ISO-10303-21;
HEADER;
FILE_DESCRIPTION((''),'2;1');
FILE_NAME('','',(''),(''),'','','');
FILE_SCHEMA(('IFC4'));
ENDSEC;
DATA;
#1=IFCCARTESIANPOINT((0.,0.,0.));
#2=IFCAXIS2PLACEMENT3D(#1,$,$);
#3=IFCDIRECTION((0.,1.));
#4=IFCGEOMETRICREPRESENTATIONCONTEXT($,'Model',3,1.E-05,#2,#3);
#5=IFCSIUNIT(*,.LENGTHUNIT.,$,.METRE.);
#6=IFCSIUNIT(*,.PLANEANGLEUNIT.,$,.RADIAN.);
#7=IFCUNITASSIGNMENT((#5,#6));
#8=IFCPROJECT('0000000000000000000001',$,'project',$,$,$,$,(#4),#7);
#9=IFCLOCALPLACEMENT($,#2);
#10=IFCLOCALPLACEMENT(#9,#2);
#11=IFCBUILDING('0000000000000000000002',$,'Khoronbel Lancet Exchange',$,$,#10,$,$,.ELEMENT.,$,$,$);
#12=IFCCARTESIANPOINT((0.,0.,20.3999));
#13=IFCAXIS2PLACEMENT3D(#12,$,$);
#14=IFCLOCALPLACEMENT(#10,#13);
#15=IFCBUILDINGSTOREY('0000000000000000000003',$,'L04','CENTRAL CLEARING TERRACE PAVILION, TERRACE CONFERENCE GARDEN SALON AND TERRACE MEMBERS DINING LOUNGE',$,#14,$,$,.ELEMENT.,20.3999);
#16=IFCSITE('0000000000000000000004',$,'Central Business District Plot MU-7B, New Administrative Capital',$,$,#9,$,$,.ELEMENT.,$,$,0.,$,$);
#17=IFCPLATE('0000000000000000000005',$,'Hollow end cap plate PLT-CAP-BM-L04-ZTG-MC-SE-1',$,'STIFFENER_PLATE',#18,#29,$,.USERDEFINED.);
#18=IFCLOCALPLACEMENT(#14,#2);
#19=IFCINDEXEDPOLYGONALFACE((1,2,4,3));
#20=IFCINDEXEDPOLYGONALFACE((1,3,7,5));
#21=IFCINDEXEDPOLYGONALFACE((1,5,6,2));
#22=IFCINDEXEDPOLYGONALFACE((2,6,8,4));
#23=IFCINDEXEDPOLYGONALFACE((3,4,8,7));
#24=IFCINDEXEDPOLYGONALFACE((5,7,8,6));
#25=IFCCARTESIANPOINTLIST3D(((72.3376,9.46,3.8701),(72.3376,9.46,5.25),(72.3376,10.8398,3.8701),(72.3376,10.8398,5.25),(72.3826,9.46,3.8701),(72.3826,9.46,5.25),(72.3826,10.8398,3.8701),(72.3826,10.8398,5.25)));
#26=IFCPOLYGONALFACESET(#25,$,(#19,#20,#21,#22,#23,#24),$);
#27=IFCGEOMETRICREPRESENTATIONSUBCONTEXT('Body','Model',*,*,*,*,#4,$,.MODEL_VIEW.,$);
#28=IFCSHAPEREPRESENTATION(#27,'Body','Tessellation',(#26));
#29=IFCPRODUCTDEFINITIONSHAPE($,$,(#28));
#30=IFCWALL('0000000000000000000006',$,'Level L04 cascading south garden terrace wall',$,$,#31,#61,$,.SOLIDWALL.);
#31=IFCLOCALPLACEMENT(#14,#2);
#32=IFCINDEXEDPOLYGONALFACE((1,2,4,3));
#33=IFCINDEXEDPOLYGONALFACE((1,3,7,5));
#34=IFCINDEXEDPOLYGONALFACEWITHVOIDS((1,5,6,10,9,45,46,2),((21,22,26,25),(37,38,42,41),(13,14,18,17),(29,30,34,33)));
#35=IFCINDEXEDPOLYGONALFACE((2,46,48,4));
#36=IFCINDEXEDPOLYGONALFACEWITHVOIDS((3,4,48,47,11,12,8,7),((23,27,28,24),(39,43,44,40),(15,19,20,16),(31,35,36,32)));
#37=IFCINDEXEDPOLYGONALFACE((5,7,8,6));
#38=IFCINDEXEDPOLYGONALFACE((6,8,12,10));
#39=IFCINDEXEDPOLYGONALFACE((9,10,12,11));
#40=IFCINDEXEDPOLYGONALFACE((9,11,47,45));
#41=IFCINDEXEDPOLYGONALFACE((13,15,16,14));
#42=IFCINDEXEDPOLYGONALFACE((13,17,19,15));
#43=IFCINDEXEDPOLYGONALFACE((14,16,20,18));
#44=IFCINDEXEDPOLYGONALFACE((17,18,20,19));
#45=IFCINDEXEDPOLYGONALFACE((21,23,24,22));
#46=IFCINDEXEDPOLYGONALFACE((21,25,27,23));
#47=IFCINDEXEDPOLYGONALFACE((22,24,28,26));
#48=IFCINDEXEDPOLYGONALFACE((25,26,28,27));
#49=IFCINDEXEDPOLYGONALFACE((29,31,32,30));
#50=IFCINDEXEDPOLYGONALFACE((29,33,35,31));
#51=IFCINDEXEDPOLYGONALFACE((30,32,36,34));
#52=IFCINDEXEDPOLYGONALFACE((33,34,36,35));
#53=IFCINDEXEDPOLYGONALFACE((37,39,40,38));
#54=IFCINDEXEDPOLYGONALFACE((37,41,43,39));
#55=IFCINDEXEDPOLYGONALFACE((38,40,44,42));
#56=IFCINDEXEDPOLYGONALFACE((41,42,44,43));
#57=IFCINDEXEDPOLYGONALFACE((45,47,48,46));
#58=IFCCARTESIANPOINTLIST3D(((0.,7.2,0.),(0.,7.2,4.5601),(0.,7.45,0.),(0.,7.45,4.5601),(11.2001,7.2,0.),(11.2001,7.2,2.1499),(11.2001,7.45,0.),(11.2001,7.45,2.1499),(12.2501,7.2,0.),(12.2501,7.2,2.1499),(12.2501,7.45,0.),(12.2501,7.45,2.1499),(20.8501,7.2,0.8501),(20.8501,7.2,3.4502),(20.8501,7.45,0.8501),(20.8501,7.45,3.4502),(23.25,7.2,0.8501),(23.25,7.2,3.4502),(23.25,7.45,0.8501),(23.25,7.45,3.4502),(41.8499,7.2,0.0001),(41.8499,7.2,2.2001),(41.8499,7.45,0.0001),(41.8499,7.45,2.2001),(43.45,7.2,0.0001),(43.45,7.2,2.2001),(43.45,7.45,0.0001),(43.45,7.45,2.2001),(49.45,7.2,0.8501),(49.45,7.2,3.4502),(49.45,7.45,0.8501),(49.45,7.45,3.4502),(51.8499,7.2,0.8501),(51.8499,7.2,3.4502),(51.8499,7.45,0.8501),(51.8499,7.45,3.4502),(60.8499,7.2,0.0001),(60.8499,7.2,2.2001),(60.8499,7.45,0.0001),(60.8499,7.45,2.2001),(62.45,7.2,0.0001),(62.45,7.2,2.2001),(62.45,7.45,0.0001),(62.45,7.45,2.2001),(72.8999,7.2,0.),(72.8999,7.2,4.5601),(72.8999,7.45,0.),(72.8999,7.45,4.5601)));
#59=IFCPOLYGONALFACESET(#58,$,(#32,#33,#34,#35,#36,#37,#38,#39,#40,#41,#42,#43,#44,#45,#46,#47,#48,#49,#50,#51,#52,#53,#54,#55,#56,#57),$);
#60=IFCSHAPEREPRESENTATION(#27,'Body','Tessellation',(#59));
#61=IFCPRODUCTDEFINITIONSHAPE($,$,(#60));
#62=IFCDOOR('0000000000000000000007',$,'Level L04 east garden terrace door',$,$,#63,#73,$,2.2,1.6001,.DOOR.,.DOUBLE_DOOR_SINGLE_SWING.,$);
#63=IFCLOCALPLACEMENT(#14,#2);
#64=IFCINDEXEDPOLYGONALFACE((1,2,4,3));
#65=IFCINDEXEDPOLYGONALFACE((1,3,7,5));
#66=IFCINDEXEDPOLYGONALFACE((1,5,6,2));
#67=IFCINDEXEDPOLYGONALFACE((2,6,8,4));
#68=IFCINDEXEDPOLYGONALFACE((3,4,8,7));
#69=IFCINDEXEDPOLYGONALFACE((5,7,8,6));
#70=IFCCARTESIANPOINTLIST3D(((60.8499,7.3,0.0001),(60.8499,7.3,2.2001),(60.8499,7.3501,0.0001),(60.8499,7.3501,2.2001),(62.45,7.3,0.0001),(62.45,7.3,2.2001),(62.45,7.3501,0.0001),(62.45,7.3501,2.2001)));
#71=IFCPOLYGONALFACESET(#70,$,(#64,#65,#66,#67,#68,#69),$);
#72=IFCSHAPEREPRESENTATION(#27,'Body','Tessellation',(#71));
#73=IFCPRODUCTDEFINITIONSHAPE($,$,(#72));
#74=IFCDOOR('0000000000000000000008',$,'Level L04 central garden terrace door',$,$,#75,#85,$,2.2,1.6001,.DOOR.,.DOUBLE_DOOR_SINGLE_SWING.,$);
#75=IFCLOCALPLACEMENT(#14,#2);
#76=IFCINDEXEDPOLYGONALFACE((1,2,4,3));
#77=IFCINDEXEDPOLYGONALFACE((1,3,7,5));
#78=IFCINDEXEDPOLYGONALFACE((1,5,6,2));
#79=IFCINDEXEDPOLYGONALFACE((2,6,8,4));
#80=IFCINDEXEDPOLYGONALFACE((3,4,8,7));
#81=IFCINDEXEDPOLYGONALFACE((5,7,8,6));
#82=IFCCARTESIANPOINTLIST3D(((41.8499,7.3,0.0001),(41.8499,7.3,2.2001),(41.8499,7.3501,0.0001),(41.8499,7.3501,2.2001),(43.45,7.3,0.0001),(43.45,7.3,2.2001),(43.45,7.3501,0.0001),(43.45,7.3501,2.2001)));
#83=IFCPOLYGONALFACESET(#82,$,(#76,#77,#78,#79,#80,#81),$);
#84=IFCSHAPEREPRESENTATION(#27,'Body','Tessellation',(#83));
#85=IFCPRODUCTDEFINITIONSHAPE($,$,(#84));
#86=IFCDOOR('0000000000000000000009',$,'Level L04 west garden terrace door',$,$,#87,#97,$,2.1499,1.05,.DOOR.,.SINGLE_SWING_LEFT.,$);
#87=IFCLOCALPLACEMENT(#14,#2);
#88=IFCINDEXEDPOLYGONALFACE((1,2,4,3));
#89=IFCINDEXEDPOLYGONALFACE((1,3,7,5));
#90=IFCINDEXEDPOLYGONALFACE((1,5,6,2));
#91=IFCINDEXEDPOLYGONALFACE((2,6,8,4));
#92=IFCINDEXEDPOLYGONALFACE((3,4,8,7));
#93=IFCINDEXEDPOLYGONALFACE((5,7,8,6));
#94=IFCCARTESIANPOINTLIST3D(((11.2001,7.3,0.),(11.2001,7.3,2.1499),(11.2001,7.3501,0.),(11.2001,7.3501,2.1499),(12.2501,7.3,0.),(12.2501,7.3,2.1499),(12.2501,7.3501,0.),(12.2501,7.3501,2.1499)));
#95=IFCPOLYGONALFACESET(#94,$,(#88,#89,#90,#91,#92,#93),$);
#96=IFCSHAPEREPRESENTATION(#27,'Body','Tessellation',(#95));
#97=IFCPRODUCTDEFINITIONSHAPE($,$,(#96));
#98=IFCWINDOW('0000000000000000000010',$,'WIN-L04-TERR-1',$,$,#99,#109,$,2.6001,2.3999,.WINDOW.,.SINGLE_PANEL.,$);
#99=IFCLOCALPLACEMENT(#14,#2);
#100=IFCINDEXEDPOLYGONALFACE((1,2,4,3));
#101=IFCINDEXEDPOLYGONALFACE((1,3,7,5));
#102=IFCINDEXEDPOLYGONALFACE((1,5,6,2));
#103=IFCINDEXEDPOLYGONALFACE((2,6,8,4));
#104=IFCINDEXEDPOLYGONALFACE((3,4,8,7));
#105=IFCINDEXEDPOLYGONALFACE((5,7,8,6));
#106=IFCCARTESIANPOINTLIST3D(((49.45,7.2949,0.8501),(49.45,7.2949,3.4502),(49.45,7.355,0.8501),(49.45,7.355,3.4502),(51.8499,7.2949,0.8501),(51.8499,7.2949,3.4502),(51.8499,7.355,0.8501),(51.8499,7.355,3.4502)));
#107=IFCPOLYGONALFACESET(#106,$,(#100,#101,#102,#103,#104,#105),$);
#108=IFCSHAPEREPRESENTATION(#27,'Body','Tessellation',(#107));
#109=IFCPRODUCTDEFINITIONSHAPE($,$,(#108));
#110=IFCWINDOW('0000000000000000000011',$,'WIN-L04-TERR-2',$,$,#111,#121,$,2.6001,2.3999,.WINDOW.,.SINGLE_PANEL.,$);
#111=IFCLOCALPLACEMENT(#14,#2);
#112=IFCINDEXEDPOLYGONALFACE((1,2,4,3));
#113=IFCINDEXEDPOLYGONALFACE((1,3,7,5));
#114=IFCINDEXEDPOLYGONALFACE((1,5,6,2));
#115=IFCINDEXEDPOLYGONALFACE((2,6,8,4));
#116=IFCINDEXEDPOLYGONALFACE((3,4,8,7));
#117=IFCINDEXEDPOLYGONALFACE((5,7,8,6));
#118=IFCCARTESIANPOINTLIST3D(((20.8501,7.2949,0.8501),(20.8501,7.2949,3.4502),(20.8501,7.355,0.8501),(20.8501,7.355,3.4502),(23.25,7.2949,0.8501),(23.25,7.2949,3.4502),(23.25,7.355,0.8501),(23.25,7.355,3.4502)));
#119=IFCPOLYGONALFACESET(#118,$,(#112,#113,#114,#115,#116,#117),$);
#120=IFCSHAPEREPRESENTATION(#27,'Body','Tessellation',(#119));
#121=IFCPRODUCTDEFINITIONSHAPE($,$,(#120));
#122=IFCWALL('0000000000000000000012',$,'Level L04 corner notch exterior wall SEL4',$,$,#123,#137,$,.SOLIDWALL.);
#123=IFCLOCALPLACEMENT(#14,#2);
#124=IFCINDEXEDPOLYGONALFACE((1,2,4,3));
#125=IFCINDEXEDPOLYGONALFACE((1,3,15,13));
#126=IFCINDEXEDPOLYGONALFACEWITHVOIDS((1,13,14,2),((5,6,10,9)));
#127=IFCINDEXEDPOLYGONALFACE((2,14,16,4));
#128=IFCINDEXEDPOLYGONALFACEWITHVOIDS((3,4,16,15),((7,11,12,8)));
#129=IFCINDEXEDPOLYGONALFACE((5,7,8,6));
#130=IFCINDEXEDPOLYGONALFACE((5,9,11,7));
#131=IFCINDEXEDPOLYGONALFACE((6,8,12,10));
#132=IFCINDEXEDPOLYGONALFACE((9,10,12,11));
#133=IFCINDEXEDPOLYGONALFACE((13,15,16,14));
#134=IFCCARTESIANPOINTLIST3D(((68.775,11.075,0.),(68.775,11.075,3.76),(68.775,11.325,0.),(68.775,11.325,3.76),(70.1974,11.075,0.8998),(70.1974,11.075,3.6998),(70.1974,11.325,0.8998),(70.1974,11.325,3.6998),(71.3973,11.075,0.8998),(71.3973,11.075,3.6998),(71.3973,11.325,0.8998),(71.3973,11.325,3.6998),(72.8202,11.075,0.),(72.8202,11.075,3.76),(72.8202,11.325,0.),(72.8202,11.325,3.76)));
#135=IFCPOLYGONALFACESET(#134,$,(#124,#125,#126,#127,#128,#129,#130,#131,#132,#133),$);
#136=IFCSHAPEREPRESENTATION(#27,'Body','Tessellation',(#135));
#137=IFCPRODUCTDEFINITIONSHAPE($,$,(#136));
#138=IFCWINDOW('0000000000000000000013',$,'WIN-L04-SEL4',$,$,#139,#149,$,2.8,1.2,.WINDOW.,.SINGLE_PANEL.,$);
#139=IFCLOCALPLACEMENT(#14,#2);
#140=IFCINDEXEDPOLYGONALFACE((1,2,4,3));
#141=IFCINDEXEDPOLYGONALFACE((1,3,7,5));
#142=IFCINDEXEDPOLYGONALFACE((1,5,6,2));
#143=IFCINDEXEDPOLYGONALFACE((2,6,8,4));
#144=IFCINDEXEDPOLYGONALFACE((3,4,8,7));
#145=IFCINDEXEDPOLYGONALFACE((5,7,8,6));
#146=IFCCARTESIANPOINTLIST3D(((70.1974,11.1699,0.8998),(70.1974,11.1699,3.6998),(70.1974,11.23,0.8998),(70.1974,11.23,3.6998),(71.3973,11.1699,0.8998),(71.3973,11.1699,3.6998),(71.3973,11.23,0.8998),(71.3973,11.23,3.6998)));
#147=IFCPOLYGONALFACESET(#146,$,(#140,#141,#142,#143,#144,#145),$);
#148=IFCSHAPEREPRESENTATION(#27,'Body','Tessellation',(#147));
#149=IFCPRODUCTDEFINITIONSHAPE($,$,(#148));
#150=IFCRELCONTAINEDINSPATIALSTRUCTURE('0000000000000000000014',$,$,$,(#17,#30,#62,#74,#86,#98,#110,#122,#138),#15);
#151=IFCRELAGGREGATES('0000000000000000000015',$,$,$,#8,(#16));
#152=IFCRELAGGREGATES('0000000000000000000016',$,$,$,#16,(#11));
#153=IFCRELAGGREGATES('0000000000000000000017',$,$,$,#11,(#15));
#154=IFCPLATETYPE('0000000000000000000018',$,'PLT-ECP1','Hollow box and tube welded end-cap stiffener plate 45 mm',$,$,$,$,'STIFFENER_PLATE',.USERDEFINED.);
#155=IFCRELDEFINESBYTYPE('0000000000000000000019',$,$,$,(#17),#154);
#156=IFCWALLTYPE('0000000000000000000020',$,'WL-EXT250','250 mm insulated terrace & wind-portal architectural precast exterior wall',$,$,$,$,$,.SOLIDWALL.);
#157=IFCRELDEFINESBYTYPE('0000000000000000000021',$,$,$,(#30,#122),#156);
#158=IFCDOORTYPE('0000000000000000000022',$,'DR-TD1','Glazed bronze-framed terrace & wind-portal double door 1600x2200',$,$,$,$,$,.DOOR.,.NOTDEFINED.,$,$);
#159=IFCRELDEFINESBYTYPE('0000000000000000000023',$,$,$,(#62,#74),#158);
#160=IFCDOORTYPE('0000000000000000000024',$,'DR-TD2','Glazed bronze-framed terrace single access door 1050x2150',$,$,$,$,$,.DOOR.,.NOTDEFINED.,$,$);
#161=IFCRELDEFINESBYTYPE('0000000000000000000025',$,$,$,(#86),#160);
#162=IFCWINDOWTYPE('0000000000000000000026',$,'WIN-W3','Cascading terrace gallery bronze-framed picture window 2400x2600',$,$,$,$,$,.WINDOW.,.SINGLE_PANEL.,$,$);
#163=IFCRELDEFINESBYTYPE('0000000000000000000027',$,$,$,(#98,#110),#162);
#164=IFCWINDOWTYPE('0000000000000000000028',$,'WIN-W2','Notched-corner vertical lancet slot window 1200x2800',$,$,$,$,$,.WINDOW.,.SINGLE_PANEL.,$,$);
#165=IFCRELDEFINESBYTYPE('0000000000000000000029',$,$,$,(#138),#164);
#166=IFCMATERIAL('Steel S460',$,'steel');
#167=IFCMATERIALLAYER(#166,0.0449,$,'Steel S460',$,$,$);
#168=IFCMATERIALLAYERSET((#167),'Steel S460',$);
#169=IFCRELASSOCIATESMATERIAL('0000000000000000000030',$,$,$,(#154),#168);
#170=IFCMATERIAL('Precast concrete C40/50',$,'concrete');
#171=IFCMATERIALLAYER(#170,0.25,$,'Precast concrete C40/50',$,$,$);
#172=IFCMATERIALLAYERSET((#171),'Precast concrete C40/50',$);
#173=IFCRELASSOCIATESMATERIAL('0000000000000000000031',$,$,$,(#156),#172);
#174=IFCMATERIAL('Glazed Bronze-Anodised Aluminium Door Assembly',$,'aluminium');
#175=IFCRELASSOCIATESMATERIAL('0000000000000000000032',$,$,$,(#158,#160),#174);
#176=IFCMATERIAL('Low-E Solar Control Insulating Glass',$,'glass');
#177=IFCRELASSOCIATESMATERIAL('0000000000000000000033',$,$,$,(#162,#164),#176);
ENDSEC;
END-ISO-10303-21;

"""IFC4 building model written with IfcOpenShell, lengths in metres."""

from ifc_helpers import new_model, si_unit, direction, frame, frame_2d, origin, origin_2d, place, context, subcontext, project, spatial, rectangle, extrude, material, layer, layer_set, type_object, element, fill, save


model = new_model("IFC4")

# Units and contexts
model_context = context("Model", 3, precision=1e-05, world=origin(), true_north=direction((0.0, 1.0)))
body_context = subcontext(model_context, "Body", "Model", "MODEL_VIEW")
ifc_project = project(units=[si_unit("LENGTHUNIT", "METRE"), si_unit("PLANEANGLEUNIT", "RADIAN")], contexts=[model_context])

# Site, building, storey
site_placement = place(None, origin())
site = spatial("IfcSite", under=ifc_project, at=site_placement, Name="Central Business District Plot MU-7B, New Administrative Capital", CompositionType="ELEMENT", RefElevation=0.0)
building_placement = place(site_placement, origin())
building = spatial("IfcBuilding", under=site, at=building_placement, Name="Khoronbel Lancet Exchange", CompositionType="ELEMENT")
storey_placement = place(building_placement, frame((0.0, 0.0, 20.3999)))
storey = spatial("IfcBuildingStorey", under=building, at=storey_placement, Name="L04", Description="CENTRAL CLEARING TERRACE PAVILION, TERRACE CONFERENCE GARDEN SALON AND TERRACE MEMBERS DINING LOUNGE", CompositionType="ELEMENT", Elevation=20.3999)

# Shared definitions
ifc_material_1 = material(Name="Low-E Solar Control Insulating Glass", Category="glass")

# Plate
ifc_material_2 = material(Name="Steel S460", Category="steel")
ifc_layer_1 = layer(ifc_material_2, 0.0449, Name="Steel S460")
ifc_layer_set_1 = layer_set([ifc_layer_1], Name="Steel S460")
plate_type_1 = type_object("IfcPlateType", Name="PLT-ECP1", Description="Hollow box and tube welded end-cap stiffener plate 45 mm", ElementType="STIFFENER_PLATE", PredefinedType="USERDEFINED", material=ifc_layer_set_1)
plate_1_placement = place(storey_placement, frame((72.3601, 10.1499, 3.8701), z_axis=(0.0, 0.0, 1.0), x_axis=(1.0, 0.0, 0.0)))
element("IfcPlate", 1, at=plate_1_placement, inside=storey, type_object=plate_type_1, Name="Hollow end cap plate PLT-CAP-BM-L04-ZTG-MC-SE-1", ObjectType="STIFFENER_PLATE", PredefinedType="USERDEFINED", context=body_context, shape_type="SweptSolid", body=[
    extrude(rectangle(XDim=0.0449, YDim=1.3799, at=origin_2d()), origin(), (0.0, 0.0, 1.0), 1.3799),
])

# Wall, openings, doors, windows
ifc_material_3 = material(Name="Precast concrete C40/50", Category="concrete")
ifc_layer_2 = layer(ifc_material_3, 0.25, Name="Precast concrete C40/50")
ifc_layer_set_2 = layer_set([ifc_layer_2], Name="Precast concrete C40/50")
wall_type = type_object("IfcWallType", Name="WL-EXT250", Description="250 mm insulated terrace & wind-portal architectural precast exterior wall", PredefinedType="SOLIDWALL", material=ifc_layer_set_2)
wall_1_placement = place(storey_placement, frame((72.8999, 7.325, 0.0), z_axis=(0.0, 0.0, 1.0), x_axis=(-1.0, 0.0, 0.0)))
wall_1 = element("IfcWall", 2, at=wall_1_placement, inside=storey, type_object=wall_type, Name="Level L04 cascading south garden terrace wall", PredefinedType="SOLIDWALL", context=body_context, shape_type="SweptSolid", body=[
    extrude(rectangle(XDim=72.8999, YDim=0.25, at=frame_2d((36.45, 0.0))), origin(), (0.0, 0.0, 1.0), 4.5601),
])
opening_1_placement = place(wall_1_placement, frame((10.45, 0.0, 0.0)))
opening_1 = element("IfcOpeningElement", 3, at=opening_1_placement, cuts=wall_1, PredefinedType="OPENING", context=body_context, shape_type="SweptSolid", body=[
    extrude(rectangle(XDim=1.6001, YDim=2.2, at=frame_2d((0.8, 1.1001))), frame((0.0, 0.135, 0.0), z_axis=(0.0, -1.0, 0.0), x_axis=(1.0, 0.0, 0.0)), (0.0, 0.0, 1.0), 0.27),
])
opening_2_placement = place(wall_1_placement, frame((29.45, 0.0, 0.0)))
opening_2 = element("IfcOpeningElement", 4, at=opening_2_placement, cuts=wall_1, PredefinedType="OPENING", context=body_context, shape_type="SweptSolid", body=[
    extrude(rectangle(XDim=1.6001, YDim=2.2, at=frame_2d((0.8, 1.1001))), frame((0.0, 0.135, 0.0), z_axis=(0.0, -1.0, 0.0), x_axis=(1.0, 0.0, 0.0)), (0.0, 0.0, 1.0), 0.27),
])
opening_3_placement = place(wall_1_placement, frame((60.6499, 0.0, 0.0)))
opening_3 = element("IfcOpeningElement", 5, at=opening_3_placement, cuts=wall_1, PredefinedType="OPENING", context=body_context, shape_type="SweptSolid", body=[
    extrude(rectangle(XDim=1.05, YDim=2.1499, at=frame_2d((0.5249, 1.075))), frame((0.0, 0.135, 0.0), z_axis=(0.0, -1.0, 0.0), x_axis=(1.0, 0.0, 0.0)), (0.0, 0.0, 1.0), 0.27),
])
opening_4_placement = place(wall_1_placement, frame((21.05, 0.0, 0.8501)))
opening_4 = element("IfcOpeningElement", 6, at=opening_4_placement, cuts=wall_1, PredefinedType="OPENING", context=body_context, shape_type="SweptSolid", body=[
    extrude(rectangle(XDim=2.3999, YDim=2.6001, at=frame_2d((1.2, 1.3))), frame((0.0, 0.135, 0.0), z_axis=(0.0, -1.0, 0.0), x_axis=(1.0, 0.0, 0.0)), (0.0, 0.0, 1.0), 0.27),
])
opening_5_placement = place(wall_1_placement, frame((49.6499, 0.0, 0.8501)))
opening_5 = element("IfcOpeningElement", 7, at=opening_5_placement, cuts=wall_1, PredefinedType="OPENING", context=body_context, shape_type="SweptSolid", body=[
    extrude(rectangle(XDim=2.3999, YDim=2.6001, at=frame_2d((1.2, 1.3))), frame((0.0, 0.135, 0.0), z_axis=(0.0, -1.0, 0.0), x_axis=(1.0, 0.0, 0.0)), (0.0, 0.0, 1.0), 0.27),
])
ifc_material_4 = material(Name="Glazed Bronze-Anodised Aluminium Door Assembly", Category="aluminium")
door_type_1 = type_object("IfcDoorType", Name="DR-TD1", Description="Glazed bronze-framed terrace & wind-portal double door 1600x2200", OperationType="NOTDEFINED", PredefinedType="DOOR", material=ifc_material_4)
door_1_placement = place(opening_1_placement, origin())
door_1 = element("IfcDoor", 8, at=door_1_placement, inside=storey, type_object=door_type_1, Name="Level L04 east garden terrace door", OperationType="DOUBLE_DOOR_SINGLE_SWING", OverallHeight=2.2, OverallWidth=1.6001, PredefinedType="DOOR", context=body_context, shape_type="SweptSolid", body=[
    extrude(rectangle(XDim=1.6001, YDim=2.2, at=frame_2d((0.8, 1.1001))), frame((0.0, 0.0249, 0.0), z_axis=(0.0, -1.0, 0.0), x_axis=(1.0, 0.0, 0.0)), (0.0, 0.0, 1.0), 0.05),
])
fill(opening_1, door_1)
door_2_placement = place(opening_2_placement, origin())
door_2 = element("IfcDoor", 9, at=door_2_placement, inside=storey, type_object=door_type_1, Name="Level L04 central garden terrace door", OperationType="DOUBLE_DOOR_SINGLE_SWING", OverallHeight=2.2, OverallWidth=1.6001, PredefinedType="DOOR", context=body_context, shape_type="SweptSolid", body=[
    extrude(rectangle(XDim=1.6001, YDim=2.2, at=frame_2d((0.8, 1.1001))), frame((0.0, 0.0249, 0.0), z_axis=(0.0, -1.0, 0.0), x_axis=(1.0, 0.0, 0.0)), (0.0, 0.0, 1.0), 0.05),
])
fill(opening_2, door_2)
door_type_2 = type_object("IfcDoorType", Name="DR-TD2", Description="Glazed bronze-framed terrace single access door 1050x2150", OperationType="NOTDEFINED", PredefinedType="DOOR", material=ifc_material_4)
door_3_placement = place(opening_3_placement, origin())
door_3 = element("IfcDoor", 10, at=door_3_placement, inside=storey, type_object=door_type_2, Name="Level L04 west garden terrace door", OperationType="SINGLE_SWING_LEFT", OverallHeight=2.1499, OverallWidth=1.05, PredefinedType="DOOR", context=body_context, shape_type="SweptSolid", body=[
    extrude(rectangle(XDim=1.05, YDim=2.1499, at=frame_2d((0.5249, 1.075))), frame((0.0, 0.0249, 0.0), z_axis=(0.0, -1.0, 0.0), x_axis=(1.0, 0.0, 0.0)), (0.0, 0.0, 1.0), 0.05),
])
fill(opening_3, door_3)
window_type_1 = type_object("IfcWindowType", Name="WIN-W3", Description="Cascading terrace gallery bronze-framed picture window 2400x2600", PartitioningType="SINGLE_PANEL", PredefinedType="WINDOW", material=ifc_material_1)
window_1_placement = place(opening_4_placement, origin())
window_1 = element("IfcWindow", 11, at=window_1_placement, inside=storey, type_object=window_type_1, Name="WIN-L04-TERR-1", OverallHeight=2.6001, OverallWidth=2.3999, PartitioningType="SINGLE_PANEL", PredefinedType="WINDOW", context=body_context, shape_type="SweptSolid", body=[
    extrude(rectangle(XDim=2.3999, YDim=2.6001, at=frame_2d((1.2, 1.3))), frame((0.0, 0.03, 0.0), z_axis=(0.0, -1.0, 0.0), x_axis=(1.0, 0.0, 0.0)), (0.0, 0.0, 1.0), 0.0601),
])
fill(opening_4, window_1)
window_2_placement = place(opening_5_placement, origin())
window_2 = element("IfcWindow", 12, at=window_2_placement, inside=storey, type_object=window_type_1, Name="WIN-L04-TERR-2", OverallHeight=2.6001, OverallWidth=2.3999, PartitioningType="SINGLE_PANEL", PredefinedType="WINDOW", context=body_context, shape_type="SweptSolid", body=[
    extrude(rectangle(XDim=2.3999, YDim=2.6001, at=frame_2d((1.2, 1.3))), frame((0.0, 0.03, 0.0), z_axis=(0.0, -1.0, 0.0), x_axis=(1.0, 0.0, 0.0)), (0.0, 0.0, 1.0), 0.0601),
])
fill(opening_5, window_2)

# Wall, opening, window
wall_2_placement = place(storey_placement, frame((72.8201, 11.2, 0.0), z_axis=(0.0, 0.0, 1.0), x_axis=(-1.0, 0.0, 0.0)))
wall_2 = element("IfcWall", 13, at=wall_2_placement, inside=storey, type_object=wall_type, Name="Level L04 corner notch exterior wall SEL4", PredefinedType="SOLIDWALL", context=body_context, shape_type="SweptSolid", body=[
    extrude(rectangle(XDim=4.0452, YDim=0.25, at=frame_2d((2.0225, 0.0))), origin(), (0.0, 0.0, 1.0), 3.76),
])
opening_6_placement = place(wall_2_placement, frame((1.4226, 0.0, 0.8999)))
opening_6 = element("IfcOpeningElement", 14, at=opening_6_placement, cuts=wall_2, PredefinedType="OPENING", context=body_context, shape_type="SweptSolid", body=[
    extrude(rectangle(XDim=1.2, YDim=2.8, at=frame_2d((0.6001, 1.3999))), frame((0.0, 0.135, 0.0), z_axis=(0.0, -1.0, 0.0), x_axis=(1.0, 0.0, 0.0)), (0.0, 0.0, 1.0), 0.27),
])
window_type_2 = type_object("IfcWindowType", Name="WIN-W2", Description="Notched-corner vertical lancet slot window 1200x2800", PartitioningType="SINGLE_PANEL", PredefinedType="WINDOW", material=ifc_material_1)
window_3_placement = place(opening_6_placement, origin())
window_3 = element("IfcWindow", 15, at=window_3_placement, inside=storey, type_object=window_type_2, Name="WIN-L04-SEL4", OverallHeight=2.8, OverallWidth=1.2, PartitioningType="SINGLE_PANEL", PredefinedType="WINDOW", context=body_context, shape_type="SweptSolid", body=[
    extrude(rectangle(XDim=1.2, YDim=2.8, at=frame_2d((0.6001, 1.3999))), frame((0.0, 0.03, 0.0), z_axis=(0.0, -1.0, 0.0), x_axis=(1.0, 0.0, 0.0)), (0.0, 0.0, 1.0), 0.0601),
])
fill(opening_6, window_3)

save(model, "model.ifc")
